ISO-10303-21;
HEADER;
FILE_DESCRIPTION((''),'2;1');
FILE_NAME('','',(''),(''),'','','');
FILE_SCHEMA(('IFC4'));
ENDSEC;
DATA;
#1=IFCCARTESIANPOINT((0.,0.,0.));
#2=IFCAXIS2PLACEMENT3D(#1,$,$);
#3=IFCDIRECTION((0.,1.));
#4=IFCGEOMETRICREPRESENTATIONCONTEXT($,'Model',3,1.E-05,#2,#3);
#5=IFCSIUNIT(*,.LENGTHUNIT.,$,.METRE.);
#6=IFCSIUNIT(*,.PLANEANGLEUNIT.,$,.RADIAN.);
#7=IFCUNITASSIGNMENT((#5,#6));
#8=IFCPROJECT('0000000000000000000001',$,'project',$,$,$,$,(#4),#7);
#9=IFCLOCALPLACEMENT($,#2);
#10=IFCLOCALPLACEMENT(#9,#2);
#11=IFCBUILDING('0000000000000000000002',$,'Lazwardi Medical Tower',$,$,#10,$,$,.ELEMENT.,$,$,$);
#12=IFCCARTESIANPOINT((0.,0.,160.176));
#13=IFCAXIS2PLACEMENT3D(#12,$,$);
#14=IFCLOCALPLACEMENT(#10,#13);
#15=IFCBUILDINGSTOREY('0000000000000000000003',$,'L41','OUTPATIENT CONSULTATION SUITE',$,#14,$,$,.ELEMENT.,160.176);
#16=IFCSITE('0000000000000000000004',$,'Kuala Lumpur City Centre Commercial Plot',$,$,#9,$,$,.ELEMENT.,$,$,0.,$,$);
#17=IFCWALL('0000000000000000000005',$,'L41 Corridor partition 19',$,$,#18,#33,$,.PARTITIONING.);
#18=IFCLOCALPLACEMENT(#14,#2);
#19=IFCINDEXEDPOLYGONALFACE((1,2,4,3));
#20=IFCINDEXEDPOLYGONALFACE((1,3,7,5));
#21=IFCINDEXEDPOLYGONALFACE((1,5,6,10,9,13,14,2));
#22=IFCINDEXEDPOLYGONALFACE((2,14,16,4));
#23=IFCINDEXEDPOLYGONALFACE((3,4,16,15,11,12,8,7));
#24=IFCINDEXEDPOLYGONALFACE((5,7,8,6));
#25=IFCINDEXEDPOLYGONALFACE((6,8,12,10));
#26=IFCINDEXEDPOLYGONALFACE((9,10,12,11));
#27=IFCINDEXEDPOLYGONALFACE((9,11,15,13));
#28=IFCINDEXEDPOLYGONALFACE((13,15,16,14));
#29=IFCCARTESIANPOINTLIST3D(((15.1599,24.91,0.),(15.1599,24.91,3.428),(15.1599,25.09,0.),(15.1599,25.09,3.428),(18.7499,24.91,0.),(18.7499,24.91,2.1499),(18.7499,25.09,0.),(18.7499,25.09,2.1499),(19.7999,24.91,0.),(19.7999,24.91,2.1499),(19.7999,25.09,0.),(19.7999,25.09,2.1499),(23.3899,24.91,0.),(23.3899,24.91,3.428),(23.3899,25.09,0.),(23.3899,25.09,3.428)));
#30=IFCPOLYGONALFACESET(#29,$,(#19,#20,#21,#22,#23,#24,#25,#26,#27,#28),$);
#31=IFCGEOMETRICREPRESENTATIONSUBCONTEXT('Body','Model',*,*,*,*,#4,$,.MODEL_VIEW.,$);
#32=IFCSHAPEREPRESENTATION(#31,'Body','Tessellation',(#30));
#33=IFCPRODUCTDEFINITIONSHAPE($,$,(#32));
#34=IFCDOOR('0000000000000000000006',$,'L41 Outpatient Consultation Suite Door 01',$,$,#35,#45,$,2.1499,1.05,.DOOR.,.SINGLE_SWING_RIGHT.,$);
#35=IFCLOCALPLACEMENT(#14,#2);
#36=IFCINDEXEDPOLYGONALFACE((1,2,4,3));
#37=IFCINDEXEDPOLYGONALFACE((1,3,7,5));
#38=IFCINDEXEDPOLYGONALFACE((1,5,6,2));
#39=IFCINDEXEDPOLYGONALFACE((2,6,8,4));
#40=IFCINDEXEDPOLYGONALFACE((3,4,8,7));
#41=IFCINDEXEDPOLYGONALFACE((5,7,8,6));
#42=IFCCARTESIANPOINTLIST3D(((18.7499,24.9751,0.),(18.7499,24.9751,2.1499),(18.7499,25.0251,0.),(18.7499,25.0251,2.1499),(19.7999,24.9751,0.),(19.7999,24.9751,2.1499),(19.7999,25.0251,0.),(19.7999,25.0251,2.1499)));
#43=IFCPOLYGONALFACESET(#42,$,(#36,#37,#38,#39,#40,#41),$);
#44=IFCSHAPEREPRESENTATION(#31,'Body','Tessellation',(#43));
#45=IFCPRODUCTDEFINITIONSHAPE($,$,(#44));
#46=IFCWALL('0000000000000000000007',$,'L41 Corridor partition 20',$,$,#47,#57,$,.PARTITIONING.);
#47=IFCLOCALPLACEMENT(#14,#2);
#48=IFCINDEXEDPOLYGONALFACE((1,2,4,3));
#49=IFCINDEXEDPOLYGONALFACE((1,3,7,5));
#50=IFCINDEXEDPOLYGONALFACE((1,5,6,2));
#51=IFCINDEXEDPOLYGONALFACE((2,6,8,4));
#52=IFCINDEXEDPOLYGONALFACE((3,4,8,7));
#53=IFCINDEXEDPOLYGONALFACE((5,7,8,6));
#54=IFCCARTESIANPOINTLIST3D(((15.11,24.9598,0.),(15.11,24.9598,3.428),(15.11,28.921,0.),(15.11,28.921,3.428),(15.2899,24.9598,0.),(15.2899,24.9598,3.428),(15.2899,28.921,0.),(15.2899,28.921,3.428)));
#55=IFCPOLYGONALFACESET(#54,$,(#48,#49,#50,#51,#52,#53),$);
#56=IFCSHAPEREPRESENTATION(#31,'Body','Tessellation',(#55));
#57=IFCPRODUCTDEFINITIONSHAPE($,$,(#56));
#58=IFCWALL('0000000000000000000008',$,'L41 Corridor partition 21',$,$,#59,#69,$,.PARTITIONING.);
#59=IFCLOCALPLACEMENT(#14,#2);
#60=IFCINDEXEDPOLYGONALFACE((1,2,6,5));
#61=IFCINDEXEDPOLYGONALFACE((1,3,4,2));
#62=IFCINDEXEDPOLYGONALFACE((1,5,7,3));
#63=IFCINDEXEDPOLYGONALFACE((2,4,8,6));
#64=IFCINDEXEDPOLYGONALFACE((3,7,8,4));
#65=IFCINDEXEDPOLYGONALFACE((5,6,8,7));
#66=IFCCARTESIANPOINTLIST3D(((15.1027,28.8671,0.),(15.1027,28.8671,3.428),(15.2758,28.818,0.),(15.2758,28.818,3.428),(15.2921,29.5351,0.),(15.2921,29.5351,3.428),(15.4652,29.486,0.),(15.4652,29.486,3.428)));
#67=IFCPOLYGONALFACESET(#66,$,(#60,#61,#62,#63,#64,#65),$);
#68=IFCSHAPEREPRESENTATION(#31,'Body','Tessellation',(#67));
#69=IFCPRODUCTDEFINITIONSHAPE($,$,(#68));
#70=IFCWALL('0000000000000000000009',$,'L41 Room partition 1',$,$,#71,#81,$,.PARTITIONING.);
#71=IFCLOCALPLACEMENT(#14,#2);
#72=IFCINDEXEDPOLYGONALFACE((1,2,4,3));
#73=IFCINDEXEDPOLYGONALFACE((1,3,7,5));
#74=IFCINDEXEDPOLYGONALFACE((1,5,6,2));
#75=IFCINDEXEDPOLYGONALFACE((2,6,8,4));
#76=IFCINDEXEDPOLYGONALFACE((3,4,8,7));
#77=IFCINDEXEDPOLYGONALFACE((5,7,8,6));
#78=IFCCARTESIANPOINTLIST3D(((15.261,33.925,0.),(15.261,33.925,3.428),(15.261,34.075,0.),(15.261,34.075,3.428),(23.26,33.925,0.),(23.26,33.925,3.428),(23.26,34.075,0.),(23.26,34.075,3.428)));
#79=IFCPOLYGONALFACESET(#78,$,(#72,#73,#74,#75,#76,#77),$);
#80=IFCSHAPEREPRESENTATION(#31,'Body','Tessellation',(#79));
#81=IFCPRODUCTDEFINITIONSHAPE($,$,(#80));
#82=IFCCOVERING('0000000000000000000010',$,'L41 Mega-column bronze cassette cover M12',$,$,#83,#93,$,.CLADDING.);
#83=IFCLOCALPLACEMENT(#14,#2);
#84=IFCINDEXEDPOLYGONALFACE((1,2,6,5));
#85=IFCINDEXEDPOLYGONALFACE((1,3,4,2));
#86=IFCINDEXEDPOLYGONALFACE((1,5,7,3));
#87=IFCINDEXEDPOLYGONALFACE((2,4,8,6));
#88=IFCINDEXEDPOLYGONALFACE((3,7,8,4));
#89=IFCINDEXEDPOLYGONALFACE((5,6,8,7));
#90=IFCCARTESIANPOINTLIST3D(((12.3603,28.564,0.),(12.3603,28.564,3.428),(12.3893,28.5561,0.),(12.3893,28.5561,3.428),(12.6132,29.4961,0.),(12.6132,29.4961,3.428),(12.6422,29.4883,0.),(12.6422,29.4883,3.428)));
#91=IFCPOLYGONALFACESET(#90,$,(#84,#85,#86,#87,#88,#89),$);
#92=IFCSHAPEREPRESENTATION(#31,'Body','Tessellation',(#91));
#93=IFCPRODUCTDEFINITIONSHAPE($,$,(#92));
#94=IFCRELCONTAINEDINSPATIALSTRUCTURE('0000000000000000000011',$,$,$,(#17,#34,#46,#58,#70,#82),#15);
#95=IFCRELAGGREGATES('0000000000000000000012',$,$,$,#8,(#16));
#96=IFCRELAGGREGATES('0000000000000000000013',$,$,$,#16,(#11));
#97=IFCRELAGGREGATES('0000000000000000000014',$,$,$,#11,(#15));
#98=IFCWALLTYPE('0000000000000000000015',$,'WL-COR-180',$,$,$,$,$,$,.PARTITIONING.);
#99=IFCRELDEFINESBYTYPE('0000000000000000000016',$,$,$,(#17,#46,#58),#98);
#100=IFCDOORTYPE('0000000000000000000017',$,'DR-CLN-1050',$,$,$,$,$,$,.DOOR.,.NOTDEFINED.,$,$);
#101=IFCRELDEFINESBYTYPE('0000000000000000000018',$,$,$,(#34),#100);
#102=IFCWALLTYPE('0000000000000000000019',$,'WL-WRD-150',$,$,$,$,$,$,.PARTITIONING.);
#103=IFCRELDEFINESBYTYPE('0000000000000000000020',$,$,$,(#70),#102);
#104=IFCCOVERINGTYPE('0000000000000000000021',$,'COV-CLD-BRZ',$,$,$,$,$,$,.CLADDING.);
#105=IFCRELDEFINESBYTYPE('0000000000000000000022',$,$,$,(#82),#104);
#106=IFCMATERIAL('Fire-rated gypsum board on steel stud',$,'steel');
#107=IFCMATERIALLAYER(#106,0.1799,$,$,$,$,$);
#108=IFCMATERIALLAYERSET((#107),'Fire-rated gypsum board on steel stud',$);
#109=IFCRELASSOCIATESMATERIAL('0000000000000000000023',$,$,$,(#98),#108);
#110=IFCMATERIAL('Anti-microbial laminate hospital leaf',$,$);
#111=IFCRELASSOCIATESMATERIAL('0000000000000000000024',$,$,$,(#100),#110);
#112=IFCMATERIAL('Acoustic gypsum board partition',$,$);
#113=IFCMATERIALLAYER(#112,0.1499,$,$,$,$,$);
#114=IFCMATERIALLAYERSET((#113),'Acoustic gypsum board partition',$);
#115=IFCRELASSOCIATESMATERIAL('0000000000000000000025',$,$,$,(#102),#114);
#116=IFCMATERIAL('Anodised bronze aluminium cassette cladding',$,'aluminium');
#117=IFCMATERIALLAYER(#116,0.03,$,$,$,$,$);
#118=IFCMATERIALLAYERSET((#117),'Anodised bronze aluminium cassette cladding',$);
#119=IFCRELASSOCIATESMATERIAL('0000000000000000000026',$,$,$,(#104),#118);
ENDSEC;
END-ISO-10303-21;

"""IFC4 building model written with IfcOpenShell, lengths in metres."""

from ifc_helpers import new_model, si_unit, direction, frame, frame_2d, origin, origin_2d, place, context, subcontext, project, spatial, rectangle, extrude, material, layer, layer_set, type_object, element, fill, save


model = new_model("IFC4")

# Units and contexts
model_context = context("Model", 3, precision=1e-05, world=origin(), true_north=direction((0.0, 1.0)))
body_context = subcontext(model_context, "Body", "Model", "MODEL_VIEW")
ifc_project = project(units=[si_unit("LENGTHUNIT", "METRE"), si_unit("PLANEANGLEUNIT", "RADIAN")], contexts=[model_context])

# Site, building, storey
site_placement = place(None, origin())
site = spatial("IfcSite", under=ifc_project, at=site_placement, Name="Kuala Lumpur City Centre Commercial Plot", CompositionType="ELEMENT", RefElevation=0.0)
building_placement = place(site_placement, origin())
building = spatial("IfcBuilding", under=site, at=building_placement, Name="Lazwardi Medical Tower", CompositionType="ELEMENT")
storey_placement = place(building_placement, frame((0.0, 0.0, 160.176)))
storey = spatial("IfcBuildingStorey", under=building, at=storey_placement, Name="L41", Description="OUTPATIENT CONSULTATION SUITE", CompositionType="ELEMENT", Elevation=160.176)

# Shared definitions
ifc_material_1 = material(Name="Fire-rated gypsum board on steel stud", Category="steel")
ifc_layer_1 = layer(ifc_material_1, 0.1799)
ifc_layer_set_1 = layer_set([ifc_layer_1], Name="Fire-rated gypsum board on steel stud")
wall_type_1 = type_object("IfcWallType", Name="WL-COR-180", PredefinedType="PARTITIONING", material=ifc_layer_set_1)

# Wall, opening, door
ifc_material_2 = material(Name="Anti-microbial laminate hospital leaf")
door_type = type_object("IfcDoorType", Name="DR-CLN-1050", OperationType="NOTDEFINED", PredefinedType="DOOR", material=ifc_material_2)
wall_1_placement = place(storey_placement, frame((23.3899, 25.0, 0.0), z_axis=(0.0, 0.0, 1.0), x_axis=(-1.0, 0.0, 0.0)))
wall_1 = element("IfcWall", 1, at=wall_1_placement, inside=storey, type_object=wall_type_1, Name="L41 Corridor partition 19", PredefinedType="PARTITIONING", context=body_context, shape_type="SweptSolid", body=[
    extrude(rectangle(XDim=8.23, YDim=0.1799, at=frame_2d((4.115, 0.0))), origin(), (0.0, 0.0, 1.0), 3.428),
])
opening_1_placement = place(wall_1_placement, frame((3.5901, 0.0, 0.0)))
opening_1 = element("IfcOpeningElement", 2, at=opening_1_placement, cuts=wall_1, PredefinedType="OPENING", context=body_context, shape_type="SweptSolid", body=[
    extrude(rectangle(XDim=1.05, YDim=2.1499, at=frame_2d((0.5249, 1.075))), frame((0.0, 0.0999, 0.0), z_axis=(0.0, -1.0, 0.0), x_axis=(1.0, 0.0, 0.0)), (0.0, 0.0, 1.0), 0.2),
])
door_1_placement = place(opening_1_placement, origin())
door_1 = element("IfcDoor", 3, at=door_1_placement, inside=storey, type_object=door_type, Name="L41 Outpatient Consultation Suite Door 01", OperationType="SINGLE_SWING_RIGHT", OverallHeight=2.1499, OverallWidth=1.05, PredefinedType="DOOR", context=body_context, shape_type="SweptSolid", body=[
    extrude(rectangle(XDim=1.05, YDim=2.1499, at=frame_2d((0.5249, 1.075))), frame((0.0, 0.0249, 0.0), z_axis=(0.0, -1.0, 0.0), x_axis=(1.0, 0.0, 0.0)), (0.0, 0.0, 1.0), 0.05),
])
fill(opening_1, door_1)

# Walls
wall_2_placement = place(storey_placement, frame((15.2, 24.96, 0.0), z_axis=(0.0, 0.0, 1.0), x_axis=(0.0, 1.0, 0.0)))
element("IfcWall", 4, at=wall_2_placement, inside=storey, type_object=wall_type_1, Name="L41 Corridor partition 20", PredefinedType="PARTITIONING", context=body_context, shape_type="SweptSolid", body=[
    extrude(rectangle(XDim=3.9612, YDim=0.1799, at=frame_2d((1.9805, 0.0))), origin(), (0.0, 0.0, 1.0), 3.428),
])
wall_3_placement = place(storey_placement, frame((15.1892, 28.8425, 0.0), z_axis=(0.0, 0.0, 1.0), x_axis=(0.272863, 0.962053, 0.0)))
element("IfcWall", 5, at=wall_3_placement, inside=storey, type_object=wall_type_1, Name="L41 Corridor partition 21", PredefinedType="PARTITIONING", context=body_context, shape_type="SweptSolid", body=[
    extrude(rectangle(XDim=0.6943, YDim=0.1799, at=frame_2d((0.3472, 0.0))), origin(), (0.0, 0.0, 1.0), 3.428),
])
ifc_material_3 = material(Name="Acoustic gypsum board partition")
ifc_layer_2 = layer(ifc_material_3, 0.1499)
ifc_layer_set_2 = layer_set([ifc_layer_2], Name="Acoustic gypsum board partition")
wall_type_2 = type_object("IfcWallType", Name="WL-WRD-150", PredefinedType="PARTITIONING", material=ifc_layer_set_2)
wall_4_placement = place(storey_placement, frame((15.261, 34.0, 0.0), z_axis=(0.0, 0.0, 1.0), x_axis=(1.0, 0.0, 0.0)))
element("IfcWall", 6, at=wall_4_placement, inside=storey, type_object=wall_type_2, Name="L41 Room partition 1", PredefinedType="PARTITIONING", context=body_context, shape_type="SweptSolid", body=[
    extrude(rectangle(XDim=7.999, YDim=0.1499, at=frame_2d((3.9995, 0.0))), origin(), (0.0, 0.0, 1.0), 3.428),
])

# Covering
ifc_material_4 = material(Name="Anodised bronze aluminium cassette cladding", Category="aluminium")
ifc_layer_3 = layer(ifc_material_4, 0.03)
ifc_layer_set_3 = layer_set([ifc_layer_3], Name="Anodised bronze aluminium cassette cladding")
covering_type = type_object("IfcCoveringType", Name="COV-CLD-BRZ", PredefinedType="CLADDING", material=ifc_layer_set_3)
covering_placement = place(storey_placement, frame((12.5012, 29.0261, 0.0), z_axis=(0.0, 0.0, 1.0), x_axis=(-0.261829, -0.965114, 0.0)))
element("IfcCovering", 7, at=covering_placement, inside=storey, type_object=covering_type, Name="L41 Mega-column bronze cassette cover M12", PredefinedType="CLADDING", context=body_context, shape_type="SweptSolid", body=[
    extrude(rectangle(XDim=0.9658, YDim=0.03, at=origin_2d()), origin(), (0.0, 0.0, 1.0), 3.428),
])

save(model, "model.ifc")
